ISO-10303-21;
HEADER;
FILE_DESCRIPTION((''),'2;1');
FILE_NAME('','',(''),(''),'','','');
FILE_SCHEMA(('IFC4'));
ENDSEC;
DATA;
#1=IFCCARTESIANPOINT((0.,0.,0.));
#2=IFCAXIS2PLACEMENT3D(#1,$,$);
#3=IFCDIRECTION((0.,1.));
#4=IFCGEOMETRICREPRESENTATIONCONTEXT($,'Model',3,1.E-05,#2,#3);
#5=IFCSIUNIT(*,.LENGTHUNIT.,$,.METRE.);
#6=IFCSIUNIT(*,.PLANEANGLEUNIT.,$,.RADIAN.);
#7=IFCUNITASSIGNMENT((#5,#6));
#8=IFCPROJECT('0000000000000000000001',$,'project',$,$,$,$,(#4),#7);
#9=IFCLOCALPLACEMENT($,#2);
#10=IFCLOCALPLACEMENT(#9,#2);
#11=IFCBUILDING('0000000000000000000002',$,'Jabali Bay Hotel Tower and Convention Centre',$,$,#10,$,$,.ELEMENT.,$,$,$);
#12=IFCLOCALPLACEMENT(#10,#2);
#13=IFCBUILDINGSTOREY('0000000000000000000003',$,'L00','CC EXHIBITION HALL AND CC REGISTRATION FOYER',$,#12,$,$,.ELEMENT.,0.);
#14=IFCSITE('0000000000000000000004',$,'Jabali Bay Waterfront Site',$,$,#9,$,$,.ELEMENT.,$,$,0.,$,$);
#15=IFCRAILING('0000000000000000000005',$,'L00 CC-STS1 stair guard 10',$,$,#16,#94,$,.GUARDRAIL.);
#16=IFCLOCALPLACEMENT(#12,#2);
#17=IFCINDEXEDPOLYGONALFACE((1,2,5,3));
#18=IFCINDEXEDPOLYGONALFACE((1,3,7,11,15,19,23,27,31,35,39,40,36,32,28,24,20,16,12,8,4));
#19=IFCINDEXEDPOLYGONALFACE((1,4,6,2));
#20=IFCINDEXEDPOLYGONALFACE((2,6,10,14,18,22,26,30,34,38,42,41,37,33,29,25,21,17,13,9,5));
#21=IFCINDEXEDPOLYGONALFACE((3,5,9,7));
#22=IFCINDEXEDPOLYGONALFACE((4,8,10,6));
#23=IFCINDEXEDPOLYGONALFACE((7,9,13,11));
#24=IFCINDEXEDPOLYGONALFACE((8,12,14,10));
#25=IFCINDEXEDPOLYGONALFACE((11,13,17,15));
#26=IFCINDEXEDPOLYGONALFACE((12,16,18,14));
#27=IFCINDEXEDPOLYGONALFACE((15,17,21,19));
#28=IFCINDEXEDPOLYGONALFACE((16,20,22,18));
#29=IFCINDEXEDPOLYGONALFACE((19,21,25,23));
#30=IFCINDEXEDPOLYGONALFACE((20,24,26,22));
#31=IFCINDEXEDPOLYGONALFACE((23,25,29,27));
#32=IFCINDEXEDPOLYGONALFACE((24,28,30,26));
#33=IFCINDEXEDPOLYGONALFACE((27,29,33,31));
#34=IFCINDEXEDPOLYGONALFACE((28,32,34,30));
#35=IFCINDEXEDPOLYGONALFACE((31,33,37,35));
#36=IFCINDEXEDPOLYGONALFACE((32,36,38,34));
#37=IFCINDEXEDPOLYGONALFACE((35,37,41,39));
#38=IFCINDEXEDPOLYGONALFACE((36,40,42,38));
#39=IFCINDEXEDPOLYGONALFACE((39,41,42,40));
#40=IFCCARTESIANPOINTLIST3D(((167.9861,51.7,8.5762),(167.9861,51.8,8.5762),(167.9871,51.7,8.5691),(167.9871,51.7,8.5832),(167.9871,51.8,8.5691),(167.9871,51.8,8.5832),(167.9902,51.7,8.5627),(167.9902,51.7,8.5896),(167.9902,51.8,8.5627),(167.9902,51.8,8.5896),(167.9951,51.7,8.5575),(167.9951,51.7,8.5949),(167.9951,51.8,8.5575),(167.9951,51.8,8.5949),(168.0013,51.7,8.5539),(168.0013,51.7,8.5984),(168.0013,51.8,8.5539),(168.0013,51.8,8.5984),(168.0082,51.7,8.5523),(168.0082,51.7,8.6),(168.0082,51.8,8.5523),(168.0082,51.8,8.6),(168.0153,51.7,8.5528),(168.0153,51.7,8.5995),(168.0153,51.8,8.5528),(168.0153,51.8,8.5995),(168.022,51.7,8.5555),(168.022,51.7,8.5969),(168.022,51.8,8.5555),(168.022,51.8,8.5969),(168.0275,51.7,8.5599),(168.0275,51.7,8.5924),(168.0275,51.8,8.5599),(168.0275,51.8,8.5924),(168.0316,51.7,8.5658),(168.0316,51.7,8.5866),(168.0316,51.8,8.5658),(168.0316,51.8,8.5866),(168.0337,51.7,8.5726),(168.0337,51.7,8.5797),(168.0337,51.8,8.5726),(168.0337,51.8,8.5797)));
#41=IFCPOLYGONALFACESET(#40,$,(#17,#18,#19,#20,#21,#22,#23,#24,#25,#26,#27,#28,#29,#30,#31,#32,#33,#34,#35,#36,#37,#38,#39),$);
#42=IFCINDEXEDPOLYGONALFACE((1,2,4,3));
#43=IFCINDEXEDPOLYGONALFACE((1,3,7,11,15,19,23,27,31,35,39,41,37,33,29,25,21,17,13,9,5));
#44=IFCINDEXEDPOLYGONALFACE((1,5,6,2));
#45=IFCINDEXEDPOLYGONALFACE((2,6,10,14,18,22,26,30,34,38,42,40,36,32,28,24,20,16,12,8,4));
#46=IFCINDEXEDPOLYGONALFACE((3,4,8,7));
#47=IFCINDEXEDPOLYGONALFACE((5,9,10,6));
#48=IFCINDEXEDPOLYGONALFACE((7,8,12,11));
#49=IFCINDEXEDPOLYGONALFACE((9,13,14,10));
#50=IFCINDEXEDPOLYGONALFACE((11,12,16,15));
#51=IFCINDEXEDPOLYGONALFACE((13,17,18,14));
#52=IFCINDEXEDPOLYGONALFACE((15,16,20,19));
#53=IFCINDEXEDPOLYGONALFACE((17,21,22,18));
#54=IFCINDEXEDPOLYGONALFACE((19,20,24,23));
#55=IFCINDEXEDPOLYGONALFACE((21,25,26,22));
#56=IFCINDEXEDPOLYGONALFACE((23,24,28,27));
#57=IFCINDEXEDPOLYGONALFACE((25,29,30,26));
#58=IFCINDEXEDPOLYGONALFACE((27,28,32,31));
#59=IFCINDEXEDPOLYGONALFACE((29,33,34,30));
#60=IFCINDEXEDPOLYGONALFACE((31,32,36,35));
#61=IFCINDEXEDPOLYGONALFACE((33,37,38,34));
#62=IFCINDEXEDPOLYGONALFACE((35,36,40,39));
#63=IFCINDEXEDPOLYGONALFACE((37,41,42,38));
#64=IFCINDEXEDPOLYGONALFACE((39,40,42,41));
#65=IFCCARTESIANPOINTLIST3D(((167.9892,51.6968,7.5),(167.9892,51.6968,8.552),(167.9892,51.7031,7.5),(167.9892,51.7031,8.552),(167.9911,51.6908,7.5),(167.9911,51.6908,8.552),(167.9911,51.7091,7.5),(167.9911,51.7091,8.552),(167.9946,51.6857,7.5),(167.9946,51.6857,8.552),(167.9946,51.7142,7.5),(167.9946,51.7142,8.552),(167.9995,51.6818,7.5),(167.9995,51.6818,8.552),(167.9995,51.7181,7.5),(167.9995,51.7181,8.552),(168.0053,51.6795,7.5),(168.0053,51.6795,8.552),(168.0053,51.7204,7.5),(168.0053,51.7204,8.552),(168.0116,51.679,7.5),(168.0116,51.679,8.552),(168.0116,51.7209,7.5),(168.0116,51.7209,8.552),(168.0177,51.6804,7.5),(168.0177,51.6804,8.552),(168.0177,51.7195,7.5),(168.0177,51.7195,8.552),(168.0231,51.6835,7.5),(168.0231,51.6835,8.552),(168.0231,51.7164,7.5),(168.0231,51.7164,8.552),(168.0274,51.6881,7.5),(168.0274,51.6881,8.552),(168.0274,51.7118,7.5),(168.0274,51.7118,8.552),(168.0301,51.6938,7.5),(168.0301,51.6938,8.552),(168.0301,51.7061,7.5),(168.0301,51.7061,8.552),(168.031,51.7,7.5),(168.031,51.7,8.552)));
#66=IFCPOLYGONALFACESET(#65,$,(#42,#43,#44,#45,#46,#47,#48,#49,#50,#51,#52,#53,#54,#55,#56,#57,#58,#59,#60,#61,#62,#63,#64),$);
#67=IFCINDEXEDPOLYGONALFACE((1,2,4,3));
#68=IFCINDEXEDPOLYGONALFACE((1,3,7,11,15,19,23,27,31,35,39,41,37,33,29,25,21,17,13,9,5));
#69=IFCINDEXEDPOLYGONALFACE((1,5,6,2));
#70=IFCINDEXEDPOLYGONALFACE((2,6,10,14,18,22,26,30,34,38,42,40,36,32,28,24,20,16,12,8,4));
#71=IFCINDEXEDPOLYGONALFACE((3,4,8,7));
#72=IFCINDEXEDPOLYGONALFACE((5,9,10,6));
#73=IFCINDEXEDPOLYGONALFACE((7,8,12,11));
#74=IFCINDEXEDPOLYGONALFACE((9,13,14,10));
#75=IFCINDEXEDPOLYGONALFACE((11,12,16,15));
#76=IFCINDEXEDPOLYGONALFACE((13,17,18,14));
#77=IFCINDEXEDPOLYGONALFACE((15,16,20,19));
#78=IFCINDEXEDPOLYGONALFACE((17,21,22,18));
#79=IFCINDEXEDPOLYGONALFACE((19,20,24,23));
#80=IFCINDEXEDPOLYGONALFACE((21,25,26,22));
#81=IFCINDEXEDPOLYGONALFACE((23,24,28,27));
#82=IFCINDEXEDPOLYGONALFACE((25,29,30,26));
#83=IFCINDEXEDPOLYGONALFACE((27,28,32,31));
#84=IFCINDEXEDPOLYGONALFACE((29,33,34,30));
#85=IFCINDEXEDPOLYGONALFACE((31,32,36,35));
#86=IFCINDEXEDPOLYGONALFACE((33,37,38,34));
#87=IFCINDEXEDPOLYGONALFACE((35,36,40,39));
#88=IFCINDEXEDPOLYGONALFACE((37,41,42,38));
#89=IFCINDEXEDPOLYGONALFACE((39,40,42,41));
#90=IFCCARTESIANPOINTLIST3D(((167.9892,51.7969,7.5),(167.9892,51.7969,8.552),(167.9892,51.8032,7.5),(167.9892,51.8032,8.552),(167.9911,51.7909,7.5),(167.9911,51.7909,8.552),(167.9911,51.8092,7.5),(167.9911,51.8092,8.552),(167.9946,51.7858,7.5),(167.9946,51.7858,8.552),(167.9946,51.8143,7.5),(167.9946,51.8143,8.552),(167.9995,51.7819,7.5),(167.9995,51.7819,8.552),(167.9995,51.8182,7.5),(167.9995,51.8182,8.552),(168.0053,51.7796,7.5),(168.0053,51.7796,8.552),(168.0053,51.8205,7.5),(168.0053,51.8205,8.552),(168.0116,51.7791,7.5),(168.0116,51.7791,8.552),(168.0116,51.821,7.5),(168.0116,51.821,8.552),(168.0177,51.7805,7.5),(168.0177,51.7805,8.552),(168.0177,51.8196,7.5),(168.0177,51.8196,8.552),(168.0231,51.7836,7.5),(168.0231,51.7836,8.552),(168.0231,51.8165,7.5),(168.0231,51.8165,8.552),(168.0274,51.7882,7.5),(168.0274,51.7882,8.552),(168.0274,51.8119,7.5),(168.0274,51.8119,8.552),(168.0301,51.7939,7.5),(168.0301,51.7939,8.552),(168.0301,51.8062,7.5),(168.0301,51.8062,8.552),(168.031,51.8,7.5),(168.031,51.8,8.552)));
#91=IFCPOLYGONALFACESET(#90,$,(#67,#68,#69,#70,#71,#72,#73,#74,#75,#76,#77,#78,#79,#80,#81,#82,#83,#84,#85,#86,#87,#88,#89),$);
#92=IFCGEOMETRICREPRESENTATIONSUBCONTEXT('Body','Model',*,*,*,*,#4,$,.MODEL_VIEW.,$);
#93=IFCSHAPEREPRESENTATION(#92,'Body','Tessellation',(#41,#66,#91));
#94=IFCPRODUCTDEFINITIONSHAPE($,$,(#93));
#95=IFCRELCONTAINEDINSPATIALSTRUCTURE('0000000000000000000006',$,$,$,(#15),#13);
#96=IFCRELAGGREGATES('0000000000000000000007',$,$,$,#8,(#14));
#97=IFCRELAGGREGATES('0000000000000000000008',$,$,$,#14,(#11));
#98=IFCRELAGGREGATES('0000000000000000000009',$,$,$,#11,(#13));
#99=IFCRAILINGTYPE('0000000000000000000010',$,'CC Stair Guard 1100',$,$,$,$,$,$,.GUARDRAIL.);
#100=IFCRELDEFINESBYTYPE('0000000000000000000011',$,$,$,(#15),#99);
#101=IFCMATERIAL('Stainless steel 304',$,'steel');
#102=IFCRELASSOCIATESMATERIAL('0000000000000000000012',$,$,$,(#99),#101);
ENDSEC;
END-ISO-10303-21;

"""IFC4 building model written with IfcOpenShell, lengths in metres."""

from ifc_helpers import new_model, si_unit, direction, frame, origin, origin_2d, place, context, subcontext, project, spatial, circle, extrude, material, type_object, element, save


model = new_model("IFC4")

# Units and contexts
model_context = context("Model", 3, precision=1e-05, world=origin(), true_north=direction((0.0, 1.0)))
body_context = subcontext(model_context, "Body", "Model", "MODEL_VIEW")
ifc_project = project(units=[si_unit("LENGTHUNIT", "METRE"), si_unit("PLANEANGLEUNIT", "RADIAN")], contexts=[model_context])

# Site, building, storey
site_placement = place(None, origin())
site = spatial("IfcSite", under=ifc_project, at=site_placement, Name="Jabali Bay Waterfront Site", CompositionType="ELEMENT", RefElevation=0.0)
building_placement = place(site_placement, origin())
building = spatial("IfcBuilding", under=site, at=building_placement, Name="Jabali Bay Hotel Tower and Convention Centre", CompositionType="ELEMENT")
storey_placement = place(building_placement, origin())
storey = spatial("IfcBuildingStorey", under=building, at=storey_placement, Name="L00", Description="CC EXHIBITION HALL AND CC REGISTRATION FOYER", CompositionType="ELEMENT", Elevation=0.0)

# Railing
ifc_material_1 = material(Name="Stainless steel 304", Category="steel")
railing_type = type_object("IfcRailingType", Name="CC Stair Guard 1100", PredefinedType="GUARDRAIL", material=ifc_material_1)
railing_1_placement = place(storey_placement, frame((168.01, 51.7, 7.5)))
element("IfcRailing", 1, at=railing_1_placement, inside=storey, type_object=railing_type, Name="L00 CC-STS1 stair guard 10", PredefinedType="GUARDRAIL", context=body_context, shape_type="SweptSolid", body=[
    extrude(circle(Radius=0.0239, at=origin_2d()), frame((0.0, 0.0, 1.0762), z_axis=(0.0, 1.0, 0.0), x_axis=(-1.0, 0.0, 0.0)), (0.0, 0.0, 1.0), 0.1001),
    extrude(circle(Radius=0.021, at=origin_2d()), origin(), (0.0, 0.0, 1.0), 1.052),
    extrude(circle(Radius=0.021, at=origin_2d()), frame((0.0, 0.1001, 0.0)), (0.0, 0.0, 1.0), 1.052),
])

save(model, "model.ifc")
